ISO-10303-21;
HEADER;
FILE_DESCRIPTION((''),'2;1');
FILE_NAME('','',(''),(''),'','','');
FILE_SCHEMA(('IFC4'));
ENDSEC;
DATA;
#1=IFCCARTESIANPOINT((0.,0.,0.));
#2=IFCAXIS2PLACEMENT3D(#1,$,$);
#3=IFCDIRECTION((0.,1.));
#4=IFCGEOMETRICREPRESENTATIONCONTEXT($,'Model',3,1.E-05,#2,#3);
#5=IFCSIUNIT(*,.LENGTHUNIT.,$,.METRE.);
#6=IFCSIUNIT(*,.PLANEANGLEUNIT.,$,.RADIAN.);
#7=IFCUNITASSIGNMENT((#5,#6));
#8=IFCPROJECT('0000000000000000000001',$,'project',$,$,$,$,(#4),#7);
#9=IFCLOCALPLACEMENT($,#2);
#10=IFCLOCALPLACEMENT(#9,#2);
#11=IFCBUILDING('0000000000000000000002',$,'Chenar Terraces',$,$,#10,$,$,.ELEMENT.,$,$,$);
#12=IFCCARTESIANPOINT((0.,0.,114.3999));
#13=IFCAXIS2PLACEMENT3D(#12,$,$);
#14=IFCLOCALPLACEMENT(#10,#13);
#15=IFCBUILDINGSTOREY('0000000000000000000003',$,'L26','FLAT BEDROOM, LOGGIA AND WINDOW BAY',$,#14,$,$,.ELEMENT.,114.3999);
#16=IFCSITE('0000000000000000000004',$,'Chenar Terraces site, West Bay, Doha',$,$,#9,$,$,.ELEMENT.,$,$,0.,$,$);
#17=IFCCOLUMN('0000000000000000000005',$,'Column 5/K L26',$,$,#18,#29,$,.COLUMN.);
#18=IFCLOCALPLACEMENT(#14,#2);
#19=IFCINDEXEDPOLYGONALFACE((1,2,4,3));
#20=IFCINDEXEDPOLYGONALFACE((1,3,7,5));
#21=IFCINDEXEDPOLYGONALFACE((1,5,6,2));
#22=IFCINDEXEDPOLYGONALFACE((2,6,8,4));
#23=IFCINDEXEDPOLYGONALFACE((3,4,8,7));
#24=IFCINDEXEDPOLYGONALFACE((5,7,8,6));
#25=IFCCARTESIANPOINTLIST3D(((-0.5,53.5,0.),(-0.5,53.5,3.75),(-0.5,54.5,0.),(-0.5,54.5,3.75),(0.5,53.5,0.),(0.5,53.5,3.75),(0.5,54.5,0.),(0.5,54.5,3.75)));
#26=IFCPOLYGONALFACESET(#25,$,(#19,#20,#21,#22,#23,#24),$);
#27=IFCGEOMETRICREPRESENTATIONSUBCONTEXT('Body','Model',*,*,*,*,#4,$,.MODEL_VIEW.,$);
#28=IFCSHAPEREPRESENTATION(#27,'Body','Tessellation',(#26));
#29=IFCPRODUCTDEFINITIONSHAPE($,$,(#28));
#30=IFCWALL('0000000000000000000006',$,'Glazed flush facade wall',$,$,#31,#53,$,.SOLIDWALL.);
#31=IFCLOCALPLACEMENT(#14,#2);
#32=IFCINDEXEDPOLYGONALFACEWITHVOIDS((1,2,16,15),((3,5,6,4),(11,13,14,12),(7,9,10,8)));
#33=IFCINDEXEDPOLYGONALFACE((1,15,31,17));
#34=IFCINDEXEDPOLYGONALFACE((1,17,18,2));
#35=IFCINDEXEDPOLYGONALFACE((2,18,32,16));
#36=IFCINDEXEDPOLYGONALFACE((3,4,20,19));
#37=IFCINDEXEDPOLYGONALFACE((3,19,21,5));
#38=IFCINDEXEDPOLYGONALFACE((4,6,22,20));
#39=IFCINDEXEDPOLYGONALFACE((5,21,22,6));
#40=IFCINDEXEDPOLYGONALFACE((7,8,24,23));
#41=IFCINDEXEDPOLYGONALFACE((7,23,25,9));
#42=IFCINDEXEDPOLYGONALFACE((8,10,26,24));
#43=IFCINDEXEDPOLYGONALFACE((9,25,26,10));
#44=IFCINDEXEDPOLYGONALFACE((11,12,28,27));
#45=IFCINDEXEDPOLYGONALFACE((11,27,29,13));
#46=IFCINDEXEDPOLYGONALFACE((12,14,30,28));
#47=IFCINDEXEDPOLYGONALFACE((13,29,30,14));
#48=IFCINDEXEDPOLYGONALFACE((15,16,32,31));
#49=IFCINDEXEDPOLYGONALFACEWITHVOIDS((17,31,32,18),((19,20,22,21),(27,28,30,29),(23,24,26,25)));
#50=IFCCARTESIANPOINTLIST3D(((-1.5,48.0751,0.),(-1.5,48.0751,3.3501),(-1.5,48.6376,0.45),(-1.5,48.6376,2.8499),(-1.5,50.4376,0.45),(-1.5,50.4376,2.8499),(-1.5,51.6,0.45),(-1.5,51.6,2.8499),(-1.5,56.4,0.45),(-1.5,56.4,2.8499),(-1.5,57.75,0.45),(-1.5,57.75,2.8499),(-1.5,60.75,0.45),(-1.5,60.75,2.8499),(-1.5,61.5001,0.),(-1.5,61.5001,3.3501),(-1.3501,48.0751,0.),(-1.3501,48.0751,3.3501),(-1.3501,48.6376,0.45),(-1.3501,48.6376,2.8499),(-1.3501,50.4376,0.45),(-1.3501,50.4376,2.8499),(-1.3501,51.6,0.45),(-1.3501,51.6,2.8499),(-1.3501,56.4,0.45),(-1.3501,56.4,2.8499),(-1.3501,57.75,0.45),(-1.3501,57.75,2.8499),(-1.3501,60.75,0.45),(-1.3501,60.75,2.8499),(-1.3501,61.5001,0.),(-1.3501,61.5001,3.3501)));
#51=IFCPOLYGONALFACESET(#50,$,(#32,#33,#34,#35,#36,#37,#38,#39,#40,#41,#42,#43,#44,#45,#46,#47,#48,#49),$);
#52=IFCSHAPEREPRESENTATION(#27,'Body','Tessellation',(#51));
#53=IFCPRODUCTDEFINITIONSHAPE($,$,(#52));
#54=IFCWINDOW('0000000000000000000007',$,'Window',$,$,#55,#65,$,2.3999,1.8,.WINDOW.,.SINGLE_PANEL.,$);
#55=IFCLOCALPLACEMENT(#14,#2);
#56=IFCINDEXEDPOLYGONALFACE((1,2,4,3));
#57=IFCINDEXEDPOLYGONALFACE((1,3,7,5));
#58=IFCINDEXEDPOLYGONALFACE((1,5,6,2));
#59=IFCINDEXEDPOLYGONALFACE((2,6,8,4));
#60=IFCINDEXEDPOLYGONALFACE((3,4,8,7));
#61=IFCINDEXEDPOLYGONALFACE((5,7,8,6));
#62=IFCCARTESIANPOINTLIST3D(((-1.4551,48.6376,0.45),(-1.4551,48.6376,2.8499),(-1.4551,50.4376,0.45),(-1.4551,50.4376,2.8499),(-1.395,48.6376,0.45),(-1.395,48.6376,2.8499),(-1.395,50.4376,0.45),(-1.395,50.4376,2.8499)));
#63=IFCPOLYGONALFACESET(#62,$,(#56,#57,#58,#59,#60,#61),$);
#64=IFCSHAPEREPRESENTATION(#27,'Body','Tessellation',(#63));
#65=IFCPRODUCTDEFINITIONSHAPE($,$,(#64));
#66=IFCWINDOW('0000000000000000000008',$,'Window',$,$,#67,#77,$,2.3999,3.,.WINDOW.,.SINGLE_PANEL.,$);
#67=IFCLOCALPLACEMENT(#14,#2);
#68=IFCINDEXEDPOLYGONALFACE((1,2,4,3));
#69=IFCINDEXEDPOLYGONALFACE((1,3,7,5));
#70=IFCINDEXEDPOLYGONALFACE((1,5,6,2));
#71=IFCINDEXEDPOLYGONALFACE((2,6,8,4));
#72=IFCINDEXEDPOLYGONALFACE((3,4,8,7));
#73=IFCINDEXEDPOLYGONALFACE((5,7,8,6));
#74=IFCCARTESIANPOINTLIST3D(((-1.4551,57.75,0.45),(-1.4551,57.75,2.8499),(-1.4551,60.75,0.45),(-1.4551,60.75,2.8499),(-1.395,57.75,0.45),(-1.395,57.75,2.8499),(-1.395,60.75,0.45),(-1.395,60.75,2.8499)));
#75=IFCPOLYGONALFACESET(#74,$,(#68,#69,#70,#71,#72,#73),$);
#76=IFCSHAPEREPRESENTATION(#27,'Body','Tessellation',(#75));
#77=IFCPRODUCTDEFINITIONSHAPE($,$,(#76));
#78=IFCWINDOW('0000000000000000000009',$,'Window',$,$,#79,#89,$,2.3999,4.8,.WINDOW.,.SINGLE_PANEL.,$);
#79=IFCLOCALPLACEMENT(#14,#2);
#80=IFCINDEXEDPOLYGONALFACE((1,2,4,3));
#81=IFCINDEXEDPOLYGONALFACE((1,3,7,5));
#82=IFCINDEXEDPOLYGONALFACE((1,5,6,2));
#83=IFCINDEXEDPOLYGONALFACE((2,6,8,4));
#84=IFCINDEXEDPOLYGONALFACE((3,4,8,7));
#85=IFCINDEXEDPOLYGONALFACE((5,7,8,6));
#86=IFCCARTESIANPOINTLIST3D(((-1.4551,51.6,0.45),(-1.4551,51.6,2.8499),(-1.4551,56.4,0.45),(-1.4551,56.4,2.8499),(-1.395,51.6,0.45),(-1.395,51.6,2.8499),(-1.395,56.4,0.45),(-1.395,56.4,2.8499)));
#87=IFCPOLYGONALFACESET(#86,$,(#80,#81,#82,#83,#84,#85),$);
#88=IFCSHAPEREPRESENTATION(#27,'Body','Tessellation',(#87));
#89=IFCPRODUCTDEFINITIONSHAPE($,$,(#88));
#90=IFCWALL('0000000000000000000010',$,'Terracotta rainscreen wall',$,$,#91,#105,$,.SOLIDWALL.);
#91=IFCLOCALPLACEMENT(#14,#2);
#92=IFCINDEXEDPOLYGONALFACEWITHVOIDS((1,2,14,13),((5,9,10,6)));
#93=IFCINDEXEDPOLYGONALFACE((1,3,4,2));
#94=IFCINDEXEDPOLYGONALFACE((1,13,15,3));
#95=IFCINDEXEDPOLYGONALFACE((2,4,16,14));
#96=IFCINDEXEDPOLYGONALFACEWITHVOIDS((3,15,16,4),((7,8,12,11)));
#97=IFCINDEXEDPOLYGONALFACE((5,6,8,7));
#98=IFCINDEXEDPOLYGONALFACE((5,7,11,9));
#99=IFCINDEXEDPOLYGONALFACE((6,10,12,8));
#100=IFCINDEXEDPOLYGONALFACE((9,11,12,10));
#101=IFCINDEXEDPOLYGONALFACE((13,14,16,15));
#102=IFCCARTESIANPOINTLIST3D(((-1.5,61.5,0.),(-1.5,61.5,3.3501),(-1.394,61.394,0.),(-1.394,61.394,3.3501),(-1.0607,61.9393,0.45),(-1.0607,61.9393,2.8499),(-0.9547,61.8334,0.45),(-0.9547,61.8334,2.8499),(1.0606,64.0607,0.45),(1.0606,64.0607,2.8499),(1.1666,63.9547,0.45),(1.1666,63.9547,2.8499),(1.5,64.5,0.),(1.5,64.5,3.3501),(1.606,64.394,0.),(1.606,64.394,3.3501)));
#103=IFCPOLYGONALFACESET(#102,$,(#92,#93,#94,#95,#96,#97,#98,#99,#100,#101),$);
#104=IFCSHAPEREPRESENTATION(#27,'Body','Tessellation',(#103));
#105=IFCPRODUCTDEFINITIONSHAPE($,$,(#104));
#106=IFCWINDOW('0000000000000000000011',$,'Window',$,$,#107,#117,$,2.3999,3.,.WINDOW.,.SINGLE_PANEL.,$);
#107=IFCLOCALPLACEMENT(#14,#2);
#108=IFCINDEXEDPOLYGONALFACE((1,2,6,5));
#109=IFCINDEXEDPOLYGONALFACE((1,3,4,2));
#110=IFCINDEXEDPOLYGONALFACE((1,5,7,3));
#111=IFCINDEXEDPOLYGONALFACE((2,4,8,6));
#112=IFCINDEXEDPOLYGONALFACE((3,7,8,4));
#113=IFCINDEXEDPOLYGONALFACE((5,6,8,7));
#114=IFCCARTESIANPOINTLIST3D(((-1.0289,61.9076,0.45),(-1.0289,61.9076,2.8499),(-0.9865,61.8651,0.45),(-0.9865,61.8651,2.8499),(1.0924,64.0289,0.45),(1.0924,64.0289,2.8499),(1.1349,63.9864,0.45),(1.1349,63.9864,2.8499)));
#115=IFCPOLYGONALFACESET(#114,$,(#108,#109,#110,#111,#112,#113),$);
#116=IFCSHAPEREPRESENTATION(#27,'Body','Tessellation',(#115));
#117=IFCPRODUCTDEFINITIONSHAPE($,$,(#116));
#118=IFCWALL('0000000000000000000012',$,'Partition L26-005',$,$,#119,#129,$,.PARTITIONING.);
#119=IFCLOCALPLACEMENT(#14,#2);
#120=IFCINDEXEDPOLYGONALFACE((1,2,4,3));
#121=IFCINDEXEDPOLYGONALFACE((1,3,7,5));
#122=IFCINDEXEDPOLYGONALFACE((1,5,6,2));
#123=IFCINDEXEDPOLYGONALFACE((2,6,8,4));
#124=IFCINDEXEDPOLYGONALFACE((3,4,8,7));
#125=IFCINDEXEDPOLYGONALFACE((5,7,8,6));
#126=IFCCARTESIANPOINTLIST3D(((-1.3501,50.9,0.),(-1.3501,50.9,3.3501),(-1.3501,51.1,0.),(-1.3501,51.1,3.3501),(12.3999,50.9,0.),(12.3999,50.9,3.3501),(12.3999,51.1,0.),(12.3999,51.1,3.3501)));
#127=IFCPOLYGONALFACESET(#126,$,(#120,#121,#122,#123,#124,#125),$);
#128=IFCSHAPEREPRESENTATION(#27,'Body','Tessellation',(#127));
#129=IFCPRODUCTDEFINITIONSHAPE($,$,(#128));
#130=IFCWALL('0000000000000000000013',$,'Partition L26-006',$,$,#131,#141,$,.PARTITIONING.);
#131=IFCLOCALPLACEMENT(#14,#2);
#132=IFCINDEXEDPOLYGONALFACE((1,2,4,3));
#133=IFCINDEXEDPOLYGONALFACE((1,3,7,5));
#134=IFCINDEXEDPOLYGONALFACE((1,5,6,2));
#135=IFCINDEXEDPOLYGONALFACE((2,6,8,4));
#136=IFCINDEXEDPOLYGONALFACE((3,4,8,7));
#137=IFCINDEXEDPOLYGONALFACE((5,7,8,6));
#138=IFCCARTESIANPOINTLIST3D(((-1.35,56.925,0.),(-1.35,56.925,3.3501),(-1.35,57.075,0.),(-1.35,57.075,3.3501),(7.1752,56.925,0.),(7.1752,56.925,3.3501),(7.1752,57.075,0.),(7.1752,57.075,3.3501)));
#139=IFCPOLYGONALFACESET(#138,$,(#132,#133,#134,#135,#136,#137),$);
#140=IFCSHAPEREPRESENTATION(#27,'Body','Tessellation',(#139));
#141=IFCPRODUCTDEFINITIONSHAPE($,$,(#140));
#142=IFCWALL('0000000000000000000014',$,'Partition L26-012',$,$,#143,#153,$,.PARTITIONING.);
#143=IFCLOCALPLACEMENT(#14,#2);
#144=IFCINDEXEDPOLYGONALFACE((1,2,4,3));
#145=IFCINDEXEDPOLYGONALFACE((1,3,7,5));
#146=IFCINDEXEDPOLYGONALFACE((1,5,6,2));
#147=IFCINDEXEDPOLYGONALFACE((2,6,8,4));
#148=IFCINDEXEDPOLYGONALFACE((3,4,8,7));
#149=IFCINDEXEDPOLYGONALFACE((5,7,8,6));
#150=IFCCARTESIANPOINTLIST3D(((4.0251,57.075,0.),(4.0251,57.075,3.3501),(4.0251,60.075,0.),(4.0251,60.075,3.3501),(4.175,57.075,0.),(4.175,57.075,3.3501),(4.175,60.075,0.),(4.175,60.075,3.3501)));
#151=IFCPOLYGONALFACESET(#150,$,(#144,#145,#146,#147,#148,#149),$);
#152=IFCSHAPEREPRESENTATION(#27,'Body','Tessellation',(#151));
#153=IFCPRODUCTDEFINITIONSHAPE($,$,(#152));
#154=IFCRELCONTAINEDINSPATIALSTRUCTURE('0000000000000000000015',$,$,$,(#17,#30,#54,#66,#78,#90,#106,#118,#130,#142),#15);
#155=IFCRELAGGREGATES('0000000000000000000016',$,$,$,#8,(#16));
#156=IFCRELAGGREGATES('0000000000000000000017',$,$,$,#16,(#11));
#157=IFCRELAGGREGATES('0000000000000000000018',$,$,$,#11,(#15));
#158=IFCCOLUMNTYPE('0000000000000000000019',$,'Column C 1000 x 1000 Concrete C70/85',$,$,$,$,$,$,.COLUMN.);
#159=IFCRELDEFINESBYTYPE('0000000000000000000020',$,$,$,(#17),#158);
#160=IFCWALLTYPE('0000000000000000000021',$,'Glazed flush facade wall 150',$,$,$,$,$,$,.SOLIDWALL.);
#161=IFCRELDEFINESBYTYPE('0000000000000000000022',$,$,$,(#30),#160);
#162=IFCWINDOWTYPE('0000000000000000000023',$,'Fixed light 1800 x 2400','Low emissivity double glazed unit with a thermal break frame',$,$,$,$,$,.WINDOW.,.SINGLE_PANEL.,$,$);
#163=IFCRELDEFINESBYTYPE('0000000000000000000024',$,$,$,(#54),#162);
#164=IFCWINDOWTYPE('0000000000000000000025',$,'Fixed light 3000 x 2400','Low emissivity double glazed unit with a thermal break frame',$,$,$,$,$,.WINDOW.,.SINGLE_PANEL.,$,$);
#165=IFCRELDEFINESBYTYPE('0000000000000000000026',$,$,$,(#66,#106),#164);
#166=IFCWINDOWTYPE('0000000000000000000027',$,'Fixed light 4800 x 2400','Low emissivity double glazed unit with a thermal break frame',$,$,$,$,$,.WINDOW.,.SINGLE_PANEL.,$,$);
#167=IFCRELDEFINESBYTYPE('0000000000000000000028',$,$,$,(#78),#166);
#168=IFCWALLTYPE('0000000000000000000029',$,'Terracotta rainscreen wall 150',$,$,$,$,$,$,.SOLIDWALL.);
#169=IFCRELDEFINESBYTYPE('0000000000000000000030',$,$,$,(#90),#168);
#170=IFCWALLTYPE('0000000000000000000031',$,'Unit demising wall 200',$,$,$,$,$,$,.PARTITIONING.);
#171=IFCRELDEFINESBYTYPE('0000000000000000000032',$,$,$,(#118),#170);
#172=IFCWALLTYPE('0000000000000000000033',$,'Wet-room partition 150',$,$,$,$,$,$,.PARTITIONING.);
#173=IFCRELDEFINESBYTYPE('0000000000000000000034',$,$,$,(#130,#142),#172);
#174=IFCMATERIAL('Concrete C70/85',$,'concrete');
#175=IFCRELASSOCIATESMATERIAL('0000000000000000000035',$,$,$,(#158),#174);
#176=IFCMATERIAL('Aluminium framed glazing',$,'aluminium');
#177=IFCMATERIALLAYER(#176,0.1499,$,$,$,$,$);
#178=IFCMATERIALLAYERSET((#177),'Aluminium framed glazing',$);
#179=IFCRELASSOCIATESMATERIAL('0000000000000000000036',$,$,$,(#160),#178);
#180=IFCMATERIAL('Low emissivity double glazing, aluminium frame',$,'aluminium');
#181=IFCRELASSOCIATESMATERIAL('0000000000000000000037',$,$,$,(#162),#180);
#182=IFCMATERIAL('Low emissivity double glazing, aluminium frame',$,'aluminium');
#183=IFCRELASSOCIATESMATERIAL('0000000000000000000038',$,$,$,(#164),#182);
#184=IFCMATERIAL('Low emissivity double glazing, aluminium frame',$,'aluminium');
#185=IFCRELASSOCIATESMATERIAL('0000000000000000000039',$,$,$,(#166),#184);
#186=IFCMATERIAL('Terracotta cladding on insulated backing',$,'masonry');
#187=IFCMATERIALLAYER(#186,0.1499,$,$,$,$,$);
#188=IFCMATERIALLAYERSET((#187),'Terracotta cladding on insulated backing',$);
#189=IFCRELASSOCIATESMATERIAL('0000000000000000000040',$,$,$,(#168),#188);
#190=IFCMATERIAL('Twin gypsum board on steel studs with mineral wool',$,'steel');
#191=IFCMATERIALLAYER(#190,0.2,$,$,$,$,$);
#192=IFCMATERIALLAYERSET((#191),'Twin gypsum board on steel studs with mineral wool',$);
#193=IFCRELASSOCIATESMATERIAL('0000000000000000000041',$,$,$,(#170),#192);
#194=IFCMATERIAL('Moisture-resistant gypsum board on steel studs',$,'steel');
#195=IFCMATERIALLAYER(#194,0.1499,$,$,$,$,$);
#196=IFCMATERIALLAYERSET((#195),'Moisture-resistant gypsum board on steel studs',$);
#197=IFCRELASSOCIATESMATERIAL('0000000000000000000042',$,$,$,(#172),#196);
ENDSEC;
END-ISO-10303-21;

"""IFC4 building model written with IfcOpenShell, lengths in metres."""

from ifc_helpers import new_model, si_unit, direction, frame, frame_2d, origin, origin_2d, place, context, subcontext, project, spatial, rectangle, extrude, material, layer, layer_set, material_profile, profile_set, type_object, element, fill, save


model = new_model("IFC4")

# Units and contexts
model_context = context("Model", 3, precision=1e-05, world=origin(), true_north=direction((0.0, 1.0)))
body_context = subcontext(model_context, "Body", "Model", "MODEL_VIEW")
ifc_project = project(units=[si_unit("LENGTHUNIT", "METRE"), si_unit("PLANEANGLEUNIT", "RADIAN")], contexts=[model_context])

# Site, building, storey
site_placement = place(None, origin())
site = spatial("IfcSite", under=ifc_project, at=site_placement, Name="Chenar Terraces site, West Bay, Doha", CompositionType="ELEMENT", RefElevation=0.0)
building_placement = place(site_placement, origin())
building = spatial("IfcBuilding", under=site, at=building_placement, Name="Chenar Terraces", CompositionType="ELEMENT")
storey_placement = place(building_placement, frame((0.0, 0.0, 114.3999)))
storey = spatial("IfcBuildingStorey", under=building, at=storey_placement, Name="L26", Description="FLAT BEDROOM, LOGGIA AND WINDOW BAY", CompositionType="ELEMENT", Elevation=114.3999)

# Column
ifc_material_1 = material(Name="Concrete C70/85", Category="concrete")
ifc_material_profile_1 = material_profile(ifc_material_1, rectangle(XDim=1.0, YDim=1.0, at=origin_2d()), Name="C 1000 x 1000")
ifc_profile_set_1 = profile_set([ifc_material_profile_1], Name="Concrete C70/85")
column_type = type_object("IfcColumnType", Name="Column C 1000 x 1000 Concrete C70/85", PredefinedType="COLUMN", material=ifc_profile_set_1)
column_placement = place(storey_placement, frame((0.0, 54.0, 0.0), z_axis=(0.0, 0.0, 1.0), x_axis=(1.0, 0.0, 0.0)))
element("IfcColumn", 1, at=column_placement, inside=storey, type_object=column_type, Name="Column 5/K L26", PredefinedType="COLUMN", context=body_context, shape_type="SweptSolid", body=[
    extrude(rectangle(XDim=1.0, YDim=1.0, at=origin_2d()), origin(), (0.0, 0.0, 1.0), 3.75),
])

# Wall, openings, windows
ifc_material_2 = material(Name="Aluminium framed glazing", Category="aluminium")
ifc_layer_1 = layer(ifc_material_2, 0.1499)
ifc_layer_set_1 = layer_set([ifc_layer_1], Name="Aluminium framed glazing")
wall_type_1 = type_object("IfcWallType", Name="Glazed flush facade wall 150", PredefinedType="SOLIDWALL", material=ifc_layer_set_1)
wall_1_placement = place(storey_placement, frame((-1.425, 61.5, 0.0), z_axis=(0.0, 0.0, 1.0), x_axis=(0.0, -1.0, 0.0)))
wall_1 = element("IfcWall", 2, at=wall_1_placement, inside=storey, type_object=wall_type_1, Name="Glazed flush facade wall", PredefinedType="SOLIDWALL", context=body_context, shape_type="SweptSolid", body=[
    extrude(rectangle(XDim=13.425, YDim=0.1499, at=frame_2d((6.7124, 0.0))), origin(), (0.0, 0.0, 1.0), 3.3501),
])
opening_1_placement = place(wall_1_placement, frame((0.75, 0.0, 0.45)))
opening_1 = element("IfcOpeningElement", 3, at=opening_1_placement, cuts=wall_1, PredefinedType="OPENING", context=body_context, shape_type="SweptSolid", body=[
    extrude(rectangle(XDim=3.0, YDim=2.3999, at=frame_2d((1.5, 1.2))), frame((0.0, 0.085, 0.0), z_axis=(0.0, -1.0, 0.0), x_axis=(1.0, 0.0, 0.0)), (0.0, 0.0, 1.0), 0.1699),
])
opening_2_placement = place(wall_1_placement, frame((5.1001, 0.0, 0.45)))
opening_2 = element("IfcOpeningElement", 4, at=opening_2_placement, cuts=wall_1, PredefinedType="OPENING", context=body_context, shape_type="SweptSolid", body=[
    extrude(rectangle(XDim=4.8, YDim=2.3999, at=frame_2d((2.3999, 1.2))), frame((0.0, 0.085, 0.0), z_axis=(0.0, -1.0, 0.0), x_axis=(1.0, 0.0, 0.0)), (0.0, 0.0, 1.0), 0.1699),
])
opening_3_placement = place(wall_1_placement, frame((11.0625, 0.0, 0.45)))
opening_3 = element("IfcOpeningElement", 5, at=opening_3_placement, cuts=wall_1, PredefinedType="OPENING", context=body_context, shape_type="SweptSolid", body=[
    extrude(rectangle(XDim=1.8, YDim=2.3999, at=frame_2d((0.8999, 1.2))), frame((0.0, 0.085, 0.0), z_axis=(0.0, -1.0, 0.0), x_axis=(1.0, 0.0, 0.0)), (0.0, 0.0, 1.0), 0.1699),
])
ifc_material_3 = material(Name="Low emissivity double glazing, aluminium frame", Category="aluminium")
window_type_1 = type_object("IfcWindowType", Name="Fixed light 1800 x 2400", Description="Low emissivity double glazed unit with a thermal break frame", PartitioningType="SINGLE_PANEL", PredefinedType="WINDOW", material=ifc_material_3)
window_1_placement = place(opening_3_placement, origin())
window_1 = element("IfcWindow", 6, at=window_1_placement, inside=storey, type_object=window_type_1, Name="Window", OverallHeight=2.3999, OverallWidth=1.8, PartitioningType="SINGLE_PANEL", PredefinedType="WINDOW", context=body_context, shape_type="SweptSolid", body=[
    extrude(rectangle(XDim=1.8, YDim=2.3999, at=frame_2d((0.8999, 1.2))), frame((0.0, 0.03, 0.0), z_axis=(0.0, -1.0, 0.0), x_axis=(1.0, 0.0, 0.0)), (0.0, 0.0, 1.0), 0.0601),
])
fill(opening_3, window_1)
ifc_material_4 = material(Name="Low emissivity double glazing, aluminium frame", Category="aluminium")
window_type_2 = type_object("IfcWindowType", Name="Fixed light 3000 x 2400", Description="Low emissivity double glazed unit with a thermal break frame", PartitioningType="SINGLE_PANEL", PredefinedType="WINDOW", material=ifc_material_4)
window_2_placement = place(opening_1_placement, origin())
window_2 = element("IfcWindow", 7, at=window_2_placement, inside=storey, type_object=window_type_2, Name="Window", OverallHeight=2.3999, OverallWidth=3.0, PartitioningType="SINGLE_PANEL", PredefinedType="WINDOW", context=body_context, shape_type="SweptSolid", body=[
    extrude(rectangle(XDim=3.0, YDim=2.3999, at=frame_2d((1.5, 1.2))), frame((0.0, 0.03, 0.0), z_axis=(0.0, -1.0, 0.0), x_axis=(1.0, 0.0, 0.0)), (0.0, 0.0, 1.0), 0.0601),
])
fill(opening_1, window_2)
ifc_material_5 = material(Name="Low emissivity double glazing, aluminium frame", Category="aluminium")
window_type_3 = type_object("IfcWindowType", Name="Fixed light 4800 x 2400", Description="Low emissivity double glazed unit with a thermal break frame", PartitioningType="SINGLE_PANEL", PredefinedType="WINDOW", material=ifc_material_5)
window_3_placement = place(opening_2_placement, origin())
window_3 = element("IfcWindow", 8, at=window_3_placement, inside=storey, type_object=window_type_3, Name="Window", OverallHeight=2.3999, OverallWidth=4.8, PartitioningType="SINGLE_PANEL", PredefinedType="WINDOW", context=body_context, shape_type="SweptSolid", body=[
    extrude(rectangle(XDim=4.8, YDim=2.3999, at=frame_2d((2.3999, 1.2))), frame((0.0, 0.03, 0.0), z_axis=(0.0, -1.0, 0.0), x_axis=(1.0, 0.0, 0.0)), (0.0, 0.0, 1.0), 0.0601),
])
fill(opening_2, window_3)

# Wall, opening, window
ifc_material_6 = material(Name="Terracotta cladding on insulated backing", Category="masonry")
ifc_layer_2 = layer(ifc_material_6, 0.1499)
ifc_layer_set_2 = layer_set([ifc_layer_2], Name="Terracotta cladding on insulated backing")
wall_type_2 = type_object("IfcWallType", Name="Terracotta rainscreen wall 150", PredefinedType="SOLIDWALL", material=ifc_layer_set_2)
wall_2_placement = place(storey_placement, frame((1.553, 64.447, 0.0), z_axis=(0.0, 0.0, 1.0), x_axis=(-0.707107, -0.707107, 0.0)))
wall_2 = element("IfcWall", 9, at=wall_2_placement, inside=storey, type_object=wall_type_2, Name="Terracotta rainscreen wall", PredefinedType="SOLIDWALL", context=body_context, shape_type="SweptSolid", body=[
    extrude(rectangle(XDim=4.2427, YDim=0.1499, at=frame_2d((2.1213, 0.0))), origin(), (0.0, 0.0, 1.0), 3.3501),
])
opening_4_placement = place(wall_2_placement, frame((0.6213, 0.0, 0.45)))
opening_4 = element("IfcOpeningElement", 10, at=opening_4_placement, cuts=wall_2, PredefinedType="OPENING", context=body_context, shape_type="SweptSolid", body=[
    extrude(rectangle(XDim=3.0, YDim=2.3999, at=frame_2d((1.5, 1.2))), frame((0.0, 0.085, 0.0), z_axis=(0.0, -1.0, 0.0), x_axis=(1.0, 0.0, 0.0)), (0.0, 0.0, 1.0), 0.1699),
])
window_4_placement = place(opening_4_placement, origin())
window_4 = element("IfcWindow", 11, at=window_4_placement, inside=storey, type_object=window_type_2, Name="Window", OverallHeight=2.3999, OverallWidth=3.0, PartitioningType="SINGLE_PANEL", PredefinedType="WINDOW", context=body_context, shape_type="SweptSolid", body=[
    extrude(rectangle(XDim=3.0, YDim=2.3999, at=frame_2d((1.5, 1.2))), frame((0.0, 0.03, 0.0), z_axis=(0.0, -1.0, 0.0), x_axis=(1.0, 0.0, 0.0)), (0.0, 0.0, 1.0), 0.0601),
])
fill(opening_4, window_4)

# Walls
ifc_material_7 = material(Name="Twin gypsum board on steel studs with mineral wool", Category="steel")
ifc_layer_3 = layer(ifc_material_7, 0.2)
ifc_layer_set_3 = layer_set([ifc_layer_3], Name="Twin gypsum board on steel studs with mineral wool")
wall_type_3 = type_object("IfcWallType", Name="Unit demising wall 200", PredefinedType="PARTITIONING", material=ifc_layer_set_3)
wall_3_placement = place(storey_placement, frame((-1.3501, 51.0, 0.0), z_axis=(0.0, 0.0, 1.0), x_axis=(1.0, 0.0, 0.0)))
element("IfcWall", 12, at=wall_3_placement, inside=storey, type_object=wall_type_3, Name="Partition L26-005", PredefinedType="PARTITIONING", context=body_context, shape_type="SweptSolid", body=[
    extrude(rectangle(XDim=13.75, YDim=0.2, at=frame_2d((6.875, 0.0))), origin(), (0.0, 0.0, 1.0), 3.3501),
])
ifc_material_8 = material(Name="Moisture-resistant gypsum board on steel studs", Category="steel")
ifc_layer_4 = layer(ifc_material_8, 0.1499)
ifc_layer_set_4 = layer_set([ifc_layer_4], Name="Moisture-resistant gypsum board on steel studs")
wall_type_4 = type_object("IfcWallType", Name="Wet-room partition 150", PredefinedType="PARTITIONING", material=ifc_layer_set_4)
wall_4_placement = place(storey_placement, frame((-1.3501, 57.0, 0.0), z_axis=(0.0, 0.0, 1.0), x_axis=(1.0, 0.0, 0.0)))
element("IfcWall", 13, at=wall_4_placement, inside=storey, type_object=wall_type_4, Name="Partition L26-006", PredefinedType="PARTITIONING", context=body_context, shape_type="SweptSolid", body=[
    extrude(rectangle(XDim=8.5251, YDim=0.1499, at=frame_2d((4.2627, 0.0))), origin(), (0.0, 0.0, 1.0), 3.3501),
])
wall_5_placement = place(storey_placement, frame((4.1001, 57.075, 0.0), z_axis=(0.0, 0.0, 1.0), x_axis=(0.0, 1.0, 0.0)))
element("IfcWall", 14, at=wall_5_placement, inside=storey, type_object=wall_type_4, Name="Partition L26-012", PredefinedType="PARTITIONING", context=body_context, shape_type="SweptSolid", body=[
    extrude(rectangle(XDim=3.0, YDim=0.1499, at=frame_2d((1.5, 0.0))), origin(), (0.0, 0.0, 1.0), 3.3501),
])

save(model, "model.ifc")
